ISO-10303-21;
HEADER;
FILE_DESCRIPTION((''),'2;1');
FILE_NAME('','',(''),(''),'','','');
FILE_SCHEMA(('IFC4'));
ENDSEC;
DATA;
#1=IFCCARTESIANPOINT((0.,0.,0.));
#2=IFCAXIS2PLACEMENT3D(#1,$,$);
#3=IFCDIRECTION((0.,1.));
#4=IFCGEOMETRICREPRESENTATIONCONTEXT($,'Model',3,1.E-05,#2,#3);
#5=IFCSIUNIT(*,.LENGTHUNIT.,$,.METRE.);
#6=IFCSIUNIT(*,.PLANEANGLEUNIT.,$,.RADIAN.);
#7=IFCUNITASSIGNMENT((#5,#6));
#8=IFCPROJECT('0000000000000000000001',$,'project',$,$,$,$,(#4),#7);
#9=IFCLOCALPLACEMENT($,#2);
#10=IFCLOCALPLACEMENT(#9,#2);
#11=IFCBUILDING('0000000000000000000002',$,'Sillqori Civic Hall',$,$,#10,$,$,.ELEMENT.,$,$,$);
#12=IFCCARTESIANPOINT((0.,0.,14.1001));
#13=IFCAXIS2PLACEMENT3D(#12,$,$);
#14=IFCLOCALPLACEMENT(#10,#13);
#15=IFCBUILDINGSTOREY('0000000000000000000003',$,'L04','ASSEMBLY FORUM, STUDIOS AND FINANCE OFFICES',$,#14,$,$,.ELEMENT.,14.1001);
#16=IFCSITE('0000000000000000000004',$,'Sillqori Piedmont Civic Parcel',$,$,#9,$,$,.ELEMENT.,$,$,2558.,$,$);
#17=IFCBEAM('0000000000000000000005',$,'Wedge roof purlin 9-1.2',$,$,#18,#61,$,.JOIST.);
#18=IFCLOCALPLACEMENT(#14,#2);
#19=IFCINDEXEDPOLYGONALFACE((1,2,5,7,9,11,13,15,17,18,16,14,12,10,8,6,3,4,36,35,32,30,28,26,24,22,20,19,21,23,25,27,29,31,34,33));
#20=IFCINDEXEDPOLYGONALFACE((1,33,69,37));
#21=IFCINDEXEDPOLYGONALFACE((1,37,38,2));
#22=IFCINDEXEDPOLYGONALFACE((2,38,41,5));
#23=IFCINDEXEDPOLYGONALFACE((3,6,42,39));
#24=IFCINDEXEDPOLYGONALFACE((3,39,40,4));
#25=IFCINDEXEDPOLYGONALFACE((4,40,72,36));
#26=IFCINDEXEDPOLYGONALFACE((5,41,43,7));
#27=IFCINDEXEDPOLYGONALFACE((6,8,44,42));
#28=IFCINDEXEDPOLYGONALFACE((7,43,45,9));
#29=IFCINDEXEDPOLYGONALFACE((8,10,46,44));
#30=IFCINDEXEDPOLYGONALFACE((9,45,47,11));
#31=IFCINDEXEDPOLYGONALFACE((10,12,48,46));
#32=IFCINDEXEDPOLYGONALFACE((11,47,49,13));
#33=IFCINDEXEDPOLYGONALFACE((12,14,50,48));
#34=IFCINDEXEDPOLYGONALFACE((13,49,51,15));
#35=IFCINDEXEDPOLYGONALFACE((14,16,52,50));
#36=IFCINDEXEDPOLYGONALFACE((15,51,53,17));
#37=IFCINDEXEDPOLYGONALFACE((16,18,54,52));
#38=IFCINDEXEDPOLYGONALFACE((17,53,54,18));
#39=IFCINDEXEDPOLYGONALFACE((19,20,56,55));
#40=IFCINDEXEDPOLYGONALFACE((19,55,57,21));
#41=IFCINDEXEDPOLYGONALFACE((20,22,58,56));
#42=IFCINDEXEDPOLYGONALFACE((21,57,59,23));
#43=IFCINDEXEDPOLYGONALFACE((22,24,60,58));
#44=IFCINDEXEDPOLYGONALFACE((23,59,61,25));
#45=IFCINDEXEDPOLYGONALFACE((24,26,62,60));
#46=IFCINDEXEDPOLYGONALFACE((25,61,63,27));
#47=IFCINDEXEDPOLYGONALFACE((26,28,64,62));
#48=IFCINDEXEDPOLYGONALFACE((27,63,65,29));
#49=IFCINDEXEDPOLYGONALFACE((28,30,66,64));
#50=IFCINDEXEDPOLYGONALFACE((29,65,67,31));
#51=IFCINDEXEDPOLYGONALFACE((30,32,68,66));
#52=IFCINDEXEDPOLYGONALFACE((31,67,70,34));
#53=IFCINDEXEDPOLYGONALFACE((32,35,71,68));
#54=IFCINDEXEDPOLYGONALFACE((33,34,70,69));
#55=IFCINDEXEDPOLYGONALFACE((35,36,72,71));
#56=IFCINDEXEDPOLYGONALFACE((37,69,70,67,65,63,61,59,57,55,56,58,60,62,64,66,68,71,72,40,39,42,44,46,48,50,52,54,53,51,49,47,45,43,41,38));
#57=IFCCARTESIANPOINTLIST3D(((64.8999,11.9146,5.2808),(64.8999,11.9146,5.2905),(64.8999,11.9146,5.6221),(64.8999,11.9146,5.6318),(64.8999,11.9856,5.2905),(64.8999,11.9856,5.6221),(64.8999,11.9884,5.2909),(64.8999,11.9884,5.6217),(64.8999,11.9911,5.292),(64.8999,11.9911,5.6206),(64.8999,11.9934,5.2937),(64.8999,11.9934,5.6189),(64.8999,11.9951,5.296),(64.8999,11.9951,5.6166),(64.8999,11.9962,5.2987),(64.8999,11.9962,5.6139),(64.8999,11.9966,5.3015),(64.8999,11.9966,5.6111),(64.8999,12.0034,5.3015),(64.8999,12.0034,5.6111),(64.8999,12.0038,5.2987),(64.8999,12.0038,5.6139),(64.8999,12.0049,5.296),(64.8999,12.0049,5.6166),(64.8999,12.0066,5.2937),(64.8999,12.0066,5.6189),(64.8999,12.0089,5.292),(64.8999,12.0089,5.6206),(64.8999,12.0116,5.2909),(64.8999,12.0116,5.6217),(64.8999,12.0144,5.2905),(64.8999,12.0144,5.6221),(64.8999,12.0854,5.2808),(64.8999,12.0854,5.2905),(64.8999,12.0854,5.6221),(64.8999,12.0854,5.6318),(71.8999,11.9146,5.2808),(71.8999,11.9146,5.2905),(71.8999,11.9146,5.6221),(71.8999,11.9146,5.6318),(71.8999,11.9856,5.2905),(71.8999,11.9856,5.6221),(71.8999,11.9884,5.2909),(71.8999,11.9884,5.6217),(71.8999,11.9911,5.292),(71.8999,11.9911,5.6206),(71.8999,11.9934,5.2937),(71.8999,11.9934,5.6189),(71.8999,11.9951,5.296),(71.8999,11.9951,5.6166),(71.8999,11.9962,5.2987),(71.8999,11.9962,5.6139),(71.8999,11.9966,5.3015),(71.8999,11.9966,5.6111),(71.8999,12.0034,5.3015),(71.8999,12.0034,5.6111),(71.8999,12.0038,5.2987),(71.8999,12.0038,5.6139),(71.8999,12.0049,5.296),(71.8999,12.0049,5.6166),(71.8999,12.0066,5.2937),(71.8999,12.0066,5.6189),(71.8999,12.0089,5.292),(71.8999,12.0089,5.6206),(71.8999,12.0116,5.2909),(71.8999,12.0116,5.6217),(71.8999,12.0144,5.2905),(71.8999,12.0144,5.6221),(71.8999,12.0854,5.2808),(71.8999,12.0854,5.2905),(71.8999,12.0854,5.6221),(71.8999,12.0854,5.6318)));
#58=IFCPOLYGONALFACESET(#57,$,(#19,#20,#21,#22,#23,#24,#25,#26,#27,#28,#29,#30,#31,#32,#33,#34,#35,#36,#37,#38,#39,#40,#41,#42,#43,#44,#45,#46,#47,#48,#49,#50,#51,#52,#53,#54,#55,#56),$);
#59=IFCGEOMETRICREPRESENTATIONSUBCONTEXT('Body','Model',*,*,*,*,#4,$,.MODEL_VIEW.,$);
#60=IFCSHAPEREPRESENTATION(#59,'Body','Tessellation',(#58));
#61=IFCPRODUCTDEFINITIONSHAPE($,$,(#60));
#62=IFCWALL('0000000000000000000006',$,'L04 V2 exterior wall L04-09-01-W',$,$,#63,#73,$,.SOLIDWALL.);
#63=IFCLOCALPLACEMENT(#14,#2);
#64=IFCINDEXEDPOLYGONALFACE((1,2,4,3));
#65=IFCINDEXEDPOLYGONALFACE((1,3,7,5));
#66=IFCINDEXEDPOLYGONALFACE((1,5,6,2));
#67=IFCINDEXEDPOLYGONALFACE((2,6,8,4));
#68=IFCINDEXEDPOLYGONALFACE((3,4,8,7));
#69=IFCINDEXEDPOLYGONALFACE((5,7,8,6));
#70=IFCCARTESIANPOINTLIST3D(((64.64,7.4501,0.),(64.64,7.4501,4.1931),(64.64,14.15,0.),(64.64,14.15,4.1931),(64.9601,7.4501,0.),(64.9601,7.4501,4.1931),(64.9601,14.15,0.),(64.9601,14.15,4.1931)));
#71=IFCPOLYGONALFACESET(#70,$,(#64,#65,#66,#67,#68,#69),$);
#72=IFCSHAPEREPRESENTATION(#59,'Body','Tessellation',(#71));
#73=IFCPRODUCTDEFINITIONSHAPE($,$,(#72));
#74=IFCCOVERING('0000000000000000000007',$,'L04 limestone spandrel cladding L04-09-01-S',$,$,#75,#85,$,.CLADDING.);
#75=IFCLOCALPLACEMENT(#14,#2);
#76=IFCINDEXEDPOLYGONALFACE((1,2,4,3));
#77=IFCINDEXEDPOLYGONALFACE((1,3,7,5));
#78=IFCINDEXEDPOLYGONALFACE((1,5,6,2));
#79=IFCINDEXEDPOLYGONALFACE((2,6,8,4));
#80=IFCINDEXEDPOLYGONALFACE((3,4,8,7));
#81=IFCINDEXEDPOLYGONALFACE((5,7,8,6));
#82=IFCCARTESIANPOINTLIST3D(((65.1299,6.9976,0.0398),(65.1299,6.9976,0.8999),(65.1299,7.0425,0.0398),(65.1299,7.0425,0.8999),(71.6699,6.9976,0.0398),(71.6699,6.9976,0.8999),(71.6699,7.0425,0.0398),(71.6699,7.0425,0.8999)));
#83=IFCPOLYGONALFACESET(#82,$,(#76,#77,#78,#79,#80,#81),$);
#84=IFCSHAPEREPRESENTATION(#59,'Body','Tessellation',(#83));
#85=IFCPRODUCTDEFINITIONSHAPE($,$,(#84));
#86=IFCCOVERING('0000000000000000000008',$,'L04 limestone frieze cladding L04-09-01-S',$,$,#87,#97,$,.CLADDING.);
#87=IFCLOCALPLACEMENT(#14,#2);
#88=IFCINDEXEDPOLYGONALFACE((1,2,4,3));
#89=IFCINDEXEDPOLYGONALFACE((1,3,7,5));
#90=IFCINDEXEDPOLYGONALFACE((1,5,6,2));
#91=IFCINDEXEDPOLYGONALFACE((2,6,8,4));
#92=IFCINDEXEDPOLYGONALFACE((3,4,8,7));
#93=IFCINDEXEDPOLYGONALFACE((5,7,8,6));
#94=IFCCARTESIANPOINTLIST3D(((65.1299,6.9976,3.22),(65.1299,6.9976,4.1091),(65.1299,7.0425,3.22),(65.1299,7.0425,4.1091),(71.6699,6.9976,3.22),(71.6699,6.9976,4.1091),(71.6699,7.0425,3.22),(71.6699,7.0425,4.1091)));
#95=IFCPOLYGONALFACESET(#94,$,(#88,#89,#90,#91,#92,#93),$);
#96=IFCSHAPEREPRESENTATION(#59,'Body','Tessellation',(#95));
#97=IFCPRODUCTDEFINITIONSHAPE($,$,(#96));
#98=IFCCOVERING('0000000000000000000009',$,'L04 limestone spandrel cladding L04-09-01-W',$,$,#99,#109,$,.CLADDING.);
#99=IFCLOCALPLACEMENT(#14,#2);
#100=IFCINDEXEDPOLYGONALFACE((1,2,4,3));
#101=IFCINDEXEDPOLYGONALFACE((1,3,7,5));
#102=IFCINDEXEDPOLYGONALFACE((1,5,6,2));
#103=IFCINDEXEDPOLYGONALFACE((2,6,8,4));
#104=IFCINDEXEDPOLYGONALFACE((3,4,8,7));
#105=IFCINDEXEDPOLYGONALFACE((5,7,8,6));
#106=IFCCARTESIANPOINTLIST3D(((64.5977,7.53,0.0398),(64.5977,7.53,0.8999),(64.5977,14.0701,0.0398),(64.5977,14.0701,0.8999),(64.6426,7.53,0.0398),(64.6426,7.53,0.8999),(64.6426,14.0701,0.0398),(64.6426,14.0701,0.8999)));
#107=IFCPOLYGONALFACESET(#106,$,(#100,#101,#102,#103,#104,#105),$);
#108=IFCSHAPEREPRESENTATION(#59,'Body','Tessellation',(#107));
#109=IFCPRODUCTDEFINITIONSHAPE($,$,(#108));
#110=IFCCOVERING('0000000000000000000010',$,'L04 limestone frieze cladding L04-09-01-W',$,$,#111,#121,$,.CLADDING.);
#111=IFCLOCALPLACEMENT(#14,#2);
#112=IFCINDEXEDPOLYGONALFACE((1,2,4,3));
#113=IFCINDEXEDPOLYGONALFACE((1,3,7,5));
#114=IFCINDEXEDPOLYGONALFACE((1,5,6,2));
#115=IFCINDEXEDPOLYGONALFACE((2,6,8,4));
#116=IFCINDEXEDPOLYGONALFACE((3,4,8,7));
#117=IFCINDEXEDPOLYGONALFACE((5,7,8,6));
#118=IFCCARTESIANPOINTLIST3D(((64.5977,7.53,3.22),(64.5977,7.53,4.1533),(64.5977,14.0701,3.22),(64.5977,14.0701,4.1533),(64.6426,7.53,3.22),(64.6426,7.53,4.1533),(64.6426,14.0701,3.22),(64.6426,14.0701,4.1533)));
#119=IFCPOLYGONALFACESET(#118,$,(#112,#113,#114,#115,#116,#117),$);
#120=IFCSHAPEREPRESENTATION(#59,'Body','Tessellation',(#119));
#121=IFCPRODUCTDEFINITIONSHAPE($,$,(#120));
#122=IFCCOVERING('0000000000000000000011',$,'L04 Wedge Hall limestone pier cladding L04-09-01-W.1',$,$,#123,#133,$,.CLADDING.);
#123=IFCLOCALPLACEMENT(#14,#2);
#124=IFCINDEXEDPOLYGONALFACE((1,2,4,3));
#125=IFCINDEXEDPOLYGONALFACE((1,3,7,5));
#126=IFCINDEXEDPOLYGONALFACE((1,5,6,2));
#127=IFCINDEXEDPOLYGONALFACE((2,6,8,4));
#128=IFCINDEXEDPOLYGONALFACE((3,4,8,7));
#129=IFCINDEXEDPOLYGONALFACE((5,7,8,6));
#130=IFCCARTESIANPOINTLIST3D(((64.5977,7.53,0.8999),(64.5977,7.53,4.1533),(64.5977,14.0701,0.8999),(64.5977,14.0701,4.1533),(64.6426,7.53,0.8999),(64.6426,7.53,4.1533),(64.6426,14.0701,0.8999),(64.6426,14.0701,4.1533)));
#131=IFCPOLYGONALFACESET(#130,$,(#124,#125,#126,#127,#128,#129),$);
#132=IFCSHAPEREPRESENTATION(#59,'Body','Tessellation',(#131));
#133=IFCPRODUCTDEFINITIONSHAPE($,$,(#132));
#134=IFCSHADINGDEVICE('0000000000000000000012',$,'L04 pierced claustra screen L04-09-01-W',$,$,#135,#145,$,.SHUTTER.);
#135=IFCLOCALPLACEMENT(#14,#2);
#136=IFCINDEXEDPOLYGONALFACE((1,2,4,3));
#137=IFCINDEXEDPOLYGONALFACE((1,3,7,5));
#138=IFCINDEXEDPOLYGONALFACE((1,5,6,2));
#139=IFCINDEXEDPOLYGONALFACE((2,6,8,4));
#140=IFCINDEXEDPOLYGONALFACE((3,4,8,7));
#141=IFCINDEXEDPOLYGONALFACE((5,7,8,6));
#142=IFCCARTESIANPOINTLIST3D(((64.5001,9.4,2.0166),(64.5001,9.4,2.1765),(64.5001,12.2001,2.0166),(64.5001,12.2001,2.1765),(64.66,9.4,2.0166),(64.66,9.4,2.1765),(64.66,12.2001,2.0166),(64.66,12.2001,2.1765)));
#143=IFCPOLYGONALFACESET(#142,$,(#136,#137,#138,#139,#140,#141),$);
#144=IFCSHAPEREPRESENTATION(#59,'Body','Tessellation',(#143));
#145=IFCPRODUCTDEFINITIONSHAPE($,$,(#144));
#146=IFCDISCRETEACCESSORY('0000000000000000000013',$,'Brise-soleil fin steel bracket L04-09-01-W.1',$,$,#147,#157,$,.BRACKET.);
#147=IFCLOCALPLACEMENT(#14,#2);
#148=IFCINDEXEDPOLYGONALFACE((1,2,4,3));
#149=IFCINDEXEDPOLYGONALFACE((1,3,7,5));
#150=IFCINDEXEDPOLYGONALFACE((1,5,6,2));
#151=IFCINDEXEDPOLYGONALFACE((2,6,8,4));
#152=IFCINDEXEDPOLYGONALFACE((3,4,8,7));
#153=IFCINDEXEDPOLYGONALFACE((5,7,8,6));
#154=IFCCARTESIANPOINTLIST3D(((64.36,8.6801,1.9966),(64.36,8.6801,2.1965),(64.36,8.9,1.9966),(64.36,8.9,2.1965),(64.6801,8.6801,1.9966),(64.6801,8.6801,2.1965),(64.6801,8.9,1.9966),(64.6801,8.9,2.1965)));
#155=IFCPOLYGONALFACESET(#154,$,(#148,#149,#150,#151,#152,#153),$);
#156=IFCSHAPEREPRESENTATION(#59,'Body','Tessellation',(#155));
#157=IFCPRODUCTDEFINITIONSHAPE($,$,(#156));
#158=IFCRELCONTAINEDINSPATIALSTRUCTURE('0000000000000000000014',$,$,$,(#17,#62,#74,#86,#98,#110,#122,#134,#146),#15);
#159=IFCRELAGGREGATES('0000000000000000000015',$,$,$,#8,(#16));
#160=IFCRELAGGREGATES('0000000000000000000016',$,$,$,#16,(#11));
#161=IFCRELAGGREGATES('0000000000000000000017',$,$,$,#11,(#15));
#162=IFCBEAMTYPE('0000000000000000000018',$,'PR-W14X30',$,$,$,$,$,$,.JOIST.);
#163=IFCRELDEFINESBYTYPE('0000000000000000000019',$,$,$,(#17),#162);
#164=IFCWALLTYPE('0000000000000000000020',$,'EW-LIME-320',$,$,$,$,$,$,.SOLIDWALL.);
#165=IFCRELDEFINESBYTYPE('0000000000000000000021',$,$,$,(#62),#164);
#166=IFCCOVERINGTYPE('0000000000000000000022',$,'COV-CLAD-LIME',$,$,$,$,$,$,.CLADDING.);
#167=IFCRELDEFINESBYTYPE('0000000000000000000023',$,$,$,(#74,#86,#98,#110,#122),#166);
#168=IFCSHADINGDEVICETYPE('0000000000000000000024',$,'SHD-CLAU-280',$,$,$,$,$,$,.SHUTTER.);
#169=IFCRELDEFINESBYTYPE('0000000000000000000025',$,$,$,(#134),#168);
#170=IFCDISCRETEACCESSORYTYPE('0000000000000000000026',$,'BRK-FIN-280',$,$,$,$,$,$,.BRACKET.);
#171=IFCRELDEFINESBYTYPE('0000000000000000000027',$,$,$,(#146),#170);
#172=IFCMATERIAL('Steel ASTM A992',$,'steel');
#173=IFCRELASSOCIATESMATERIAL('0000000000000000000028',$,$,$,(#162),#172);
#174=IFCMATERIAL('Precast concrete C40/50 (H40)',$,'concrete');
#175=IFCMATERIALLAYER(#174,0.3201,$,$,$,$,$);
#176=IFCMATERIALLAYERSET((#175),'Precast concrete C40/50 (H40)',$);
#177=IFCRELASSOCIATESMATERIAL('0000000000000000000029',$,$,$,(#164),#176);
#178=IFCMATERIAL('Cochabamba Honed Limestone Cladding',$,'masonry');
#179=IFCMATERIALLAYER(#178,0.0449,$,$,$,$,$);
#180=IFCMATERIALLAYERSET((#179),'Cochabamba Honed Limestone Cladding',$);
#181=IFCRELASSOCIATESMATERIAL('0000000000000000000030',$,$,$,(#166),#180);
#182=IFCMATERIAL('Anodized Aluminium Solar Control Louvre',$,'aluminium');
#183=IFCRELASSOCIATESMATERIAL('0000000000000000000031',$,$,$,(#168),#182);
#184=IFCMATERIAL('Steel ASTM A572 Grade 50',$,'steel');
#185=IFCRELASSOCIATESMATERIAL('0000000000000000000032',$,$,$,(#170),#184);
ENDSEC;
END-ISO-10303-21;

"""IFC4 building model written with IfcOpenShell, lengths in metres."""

from ifc_helpers import new_model, si_unit, direction, frame, frame_2d, origin, origin_2d, place, context, subcontext, project, spatial, rectangle, i_section, extrude, material, layer, layer_set, material_profile, profile_set, type_object, element, save


model = new_model("IFC4")

# Units and contexts
model_context = context("Model", 3, precision=1e-05, world=origin(), true_north=direction((0.0, 1.0)))
body_context = subcontext(model_context, "Body", "Model", "MODEL_VIEW")
ifc_project = project(units=[si_unit("LENGTHUNIT", "METRE"), si_unit("PLANEANGLEUNIT", "RADIAN")], contexts=[model_context])

# Site, building, storey
site_placement = place(None, origin())
site = spatial("IfcSite", under=ifc_project, at=site_placement, Name="Sillqori Piedmont Civic Parcel", CompositionType="ELEMENT", RefElevation=2558.0)
building_placement = place(site_placement, origin())
building = spatial("IfcBuilding", under=site, at=building_placement, Name="Sillqori Civic Hall", CompositionType="ELEMENT")
storey_placement = place(building_placement, frame((0.0, 0.0, 14.1001)))
storey = spatial("IfcBuildingStorey", under=building, at=storey_placement, Name="L04", Description="ASSEMBLY FORUM, STUDIOS AND FINANCE OFFICES", CompositionType="ELEMENT", Elevation=14.1001)

# Beam
ifc_material_1 = material(Name="Steel ASTM A992", Category="steel")
ifc_material_profile_1 = material_profile(ifc_material_1, i_section(OverallWidth=0.1709, OverallDepth=0.3511, WebThickness=0.0068, FlangeThickness=0.0098, FilletRadius=0.011, at=origin_2d()), Name="W14X30")
ifc_profile_set_1 = profile_set([ifc_material_profile_1], Name="Steel ASTM A992")
beam_type_1 = type_object("IfcBeamType", Name="PR-W14X30", PredefinedType="JOIST", material=ifc_profile_set_1)
for number, where, z_axis, x_axis, name in (
    (1, (64.8999, 12.0, 5.4563), (1.0, 0.0, 0.0), (0.0, 1.0, 0.0), "Wedge roof purlin 9-1.2"),
):
    element("IfcBeam", number, at=place(storey_placement, frame(where, z_axis=z_axis, x_axis=x_axis)), inside=storey, type_object=beam_type_1, Name=name, PredefinedType="JOIST", context=body_context, shape_type="SweptSolid", body=[
        extrude(i_section(OverallWidth=0.1709, OverallDepth=0.3511, WebThickness=0.0068, FlangeThickness=0.0098, FilletRadius=0.011, at=origin_2d()), origin(), (0.0, 0.0, 1.0), 7.0),
    ])

# Wall
ifc_material_2 = material(Name="Precast concrete C40/50 (H40)", Category="concrete")
ifc_layer_1 = layer(ifc_material_2, 0.3201)
ifc_layer_set_1 = layer_set([ifc_layer_1], Name="Precast concrete C40/50 (H40)")
wall_type = type_object("IfcWallType", Name="EW-LIME-320", PredefinedType="SOLIDWALL", material=ifc_layer_set_1)
wall_placement = place(storey_placement, frame((64.8, 7.45, 0.0), z_axis=(0.0, 0.0, 1.0), x_axis=(0.0, 1.0, 0.0)))
element("IfcWall", 2, at=wall_placement, inside=storey, type_object=wall_type, Name="L04 V2 exterior wall L04-09-01-W", PredefinedType="SOLIDWALL", context=body_context, shape_type="SweptSolid", body=[
    extrude(rectangle(XDim=6.7, YDim=0.3201, at=frame_2d((3.3501, 0.0))), origin(), (0.0, 0.0, 1.0), 4.1931),
])

# Coverings
ifc_material_3 = material(Name="Cochabamba Honed Limestone Cladding", Category="masonry")
ifc_layer_2 = layer(ifc_material_3, 0.0449)
ifc_layer_set_2 = layer_set([ifc_layer_2], Name="Cochabamba Honed Limestone Cladding")
covering_type = type_object("IfcCoveringType", Name="COV-CLAD-LIME", PredefinedType="CLADDING", material=ifc_layer_set_2)
covering_1_placement = place(storey_placement, frame((71.6699, 7.02, 0.0398), z_axis=(0.0, 0.0, 1.0), x_axis=(-1.0, 0.0, 0.0)))
element("IfcCovering", 3, at=covering_1_placement, inside=storey, type_object=covering_type, Name="L04 limestone spandrel cladding L04-09-01-S", PredefinedType="CLADDING", context=body_context, shape_type="SweptSolid", body=[
    extrude(rectangle(XDim=6.54, YDim=0.0449, at=frame_2d((3.27, 0.0))), origin(), (0.0, 0.0, 1.0), 0.8601),
])
covering_2_placement = place(storey_placement, frame((71.6699, 7.02, 3.22), z_axis=(0.0, 0.0, 1.0), x_axis=(-1.0, 0.0, 0.0)))
element("IfcCovering", 4, at=covering_2_placement, inside=storey, type_object=covering_type, Name="L04 limestone frieze cladding L04-09-01-S", PredefinedType="CLADDING", context=body_context, shape_type="SweptSolid", body=[
    extrude(rectangle(XDim=6.54, YDim=0.0449, at=frame_2d((3.27, 0.0))), origin(), (0.0, 0.0, 1.0), 0.8892),
])
covering_3_placement = place(storey_placement, frame((64.6201, 7.53, 0.0398), z_axis=(0.0, 0.0, 1.0), x_axis=(0.0, 1.0, 0.0)))
element("IfcCovering", 5, at=covering_3_placement, inside=storey, type_object=covering_type, Name="L04 limestone spandrel cladding L04-09-01-W", PredefinedType="CLADDING", context=body_context, shape_type="SweptSolid", body=[
    extrude(rectangle(XDim=6.54, YDim=0.0449, at=frame_2d((3.27, 0.0))), origin(), (0.0, 0.0, 1.0), 0.8601),
])
covering_4_placement = place(storey_placement, frame((64.6201, 7.53, 3.22), z_axis=(0.0, 0.0, 1.0), x_axis=(0.0, 1.0, 0.0)))
element("IfcCovering", 6, at=covering_4_placement, inside=storey, type_object=covering_type, Name="L04 limestone frieze cladding L04-09-01-W", PredefinedType="CLADDING", context=body_context, shape_type="SweptSolid", body=[
    extrude(rectangle(XDim=6.54, YDim=0.0449, at=frame_2d((3.27, 0.0))), origin(), (0.0, 0.0, 1.0), 0.9333),
])
covering_5_placement = place(storey_placement, frame((64.6201, 7.53, 0.8999), z_axis=(0.0, 0.0, 1.0), x_axis=(0.0, 1.0, 0.0)))
element("IfcCovering", 7, at=covering_5_placement, inside=storey, type_object=covering_type, Name="L04 Wedge Hall limestone pier cladding L04-09-01-W.1", PredefinedType="CLADDING", context=body_context, shape_type="SweptSolid", body=[
    extrude(rectangle(XDim=6.54, YDim=0.0449, at=frame_2d((3.27, 0.0))), origin(), (0.0, 0.0, 1.0), 3.2534),
])

# Shading device
ifc_material_4 = material(Name="Anodized Aluminium Solar Control Louvre", Category="aluminium")
shading_device_type = type_object("IfcShadingDeviceType", Name="SHD-CLAU-280", PredefinedType="SHUTTER", material=ifc_material_4)
shading_device_placement = place(storey_placement, frame((64.5801, 10.8, 2.0166), z_axis=(0.0, 0.0, 1.0), x_axis=(0.0, 1.0, 0.0)))
element("IfcShadingDevice", 8, at=shading_device_placement, inside=storey, type_object=shading_device_type, Name="L04 pierced claustra screen L04-09-01-W", PredefinedType="SHUTTER", context=body_context, shape_type="SweptSolid", body=[
    extrude(rectangle(XDim=2.8, YDim=0.1599, at=origin_2d()), origin(), (0.0, 0.0, 1.0), 0.1599),
])

# Discrete accessory
ifc_material_5 = material(Name="Steel ASTM A572 Grade 50", Category="steel")
discrete_accessory_type = type_object("IfcDiscreteAccessoryType", Name="BRK-FIN-280", PredefinedType="BRACKET", material=ifc_material_5)
discrete_accessory_placement = place(storey_placement, frame((64.52, 8.79, 1.9966), z_axis=(0.0, 0.0, 1.0), x_axis=(0.0, 1.0, 0.0)))
element("IfcDiscreteAccessory", 9, at=discrete_accessory_placement, inside=storey, type_object=discrete_accessory_type, Name="Brise-soleil fin steel bracket L04-09-01-W.1", PredefinedType="BRACKET", context=body_context, shape_type="SweptSolid", body=[
    extrude(rectangle(XDim=0.22, YDim=0.3201, at=origin_2d()), origin(), (0.0, 0.0, 1.0), 0.2),
])

save(model, "model.ifc")
